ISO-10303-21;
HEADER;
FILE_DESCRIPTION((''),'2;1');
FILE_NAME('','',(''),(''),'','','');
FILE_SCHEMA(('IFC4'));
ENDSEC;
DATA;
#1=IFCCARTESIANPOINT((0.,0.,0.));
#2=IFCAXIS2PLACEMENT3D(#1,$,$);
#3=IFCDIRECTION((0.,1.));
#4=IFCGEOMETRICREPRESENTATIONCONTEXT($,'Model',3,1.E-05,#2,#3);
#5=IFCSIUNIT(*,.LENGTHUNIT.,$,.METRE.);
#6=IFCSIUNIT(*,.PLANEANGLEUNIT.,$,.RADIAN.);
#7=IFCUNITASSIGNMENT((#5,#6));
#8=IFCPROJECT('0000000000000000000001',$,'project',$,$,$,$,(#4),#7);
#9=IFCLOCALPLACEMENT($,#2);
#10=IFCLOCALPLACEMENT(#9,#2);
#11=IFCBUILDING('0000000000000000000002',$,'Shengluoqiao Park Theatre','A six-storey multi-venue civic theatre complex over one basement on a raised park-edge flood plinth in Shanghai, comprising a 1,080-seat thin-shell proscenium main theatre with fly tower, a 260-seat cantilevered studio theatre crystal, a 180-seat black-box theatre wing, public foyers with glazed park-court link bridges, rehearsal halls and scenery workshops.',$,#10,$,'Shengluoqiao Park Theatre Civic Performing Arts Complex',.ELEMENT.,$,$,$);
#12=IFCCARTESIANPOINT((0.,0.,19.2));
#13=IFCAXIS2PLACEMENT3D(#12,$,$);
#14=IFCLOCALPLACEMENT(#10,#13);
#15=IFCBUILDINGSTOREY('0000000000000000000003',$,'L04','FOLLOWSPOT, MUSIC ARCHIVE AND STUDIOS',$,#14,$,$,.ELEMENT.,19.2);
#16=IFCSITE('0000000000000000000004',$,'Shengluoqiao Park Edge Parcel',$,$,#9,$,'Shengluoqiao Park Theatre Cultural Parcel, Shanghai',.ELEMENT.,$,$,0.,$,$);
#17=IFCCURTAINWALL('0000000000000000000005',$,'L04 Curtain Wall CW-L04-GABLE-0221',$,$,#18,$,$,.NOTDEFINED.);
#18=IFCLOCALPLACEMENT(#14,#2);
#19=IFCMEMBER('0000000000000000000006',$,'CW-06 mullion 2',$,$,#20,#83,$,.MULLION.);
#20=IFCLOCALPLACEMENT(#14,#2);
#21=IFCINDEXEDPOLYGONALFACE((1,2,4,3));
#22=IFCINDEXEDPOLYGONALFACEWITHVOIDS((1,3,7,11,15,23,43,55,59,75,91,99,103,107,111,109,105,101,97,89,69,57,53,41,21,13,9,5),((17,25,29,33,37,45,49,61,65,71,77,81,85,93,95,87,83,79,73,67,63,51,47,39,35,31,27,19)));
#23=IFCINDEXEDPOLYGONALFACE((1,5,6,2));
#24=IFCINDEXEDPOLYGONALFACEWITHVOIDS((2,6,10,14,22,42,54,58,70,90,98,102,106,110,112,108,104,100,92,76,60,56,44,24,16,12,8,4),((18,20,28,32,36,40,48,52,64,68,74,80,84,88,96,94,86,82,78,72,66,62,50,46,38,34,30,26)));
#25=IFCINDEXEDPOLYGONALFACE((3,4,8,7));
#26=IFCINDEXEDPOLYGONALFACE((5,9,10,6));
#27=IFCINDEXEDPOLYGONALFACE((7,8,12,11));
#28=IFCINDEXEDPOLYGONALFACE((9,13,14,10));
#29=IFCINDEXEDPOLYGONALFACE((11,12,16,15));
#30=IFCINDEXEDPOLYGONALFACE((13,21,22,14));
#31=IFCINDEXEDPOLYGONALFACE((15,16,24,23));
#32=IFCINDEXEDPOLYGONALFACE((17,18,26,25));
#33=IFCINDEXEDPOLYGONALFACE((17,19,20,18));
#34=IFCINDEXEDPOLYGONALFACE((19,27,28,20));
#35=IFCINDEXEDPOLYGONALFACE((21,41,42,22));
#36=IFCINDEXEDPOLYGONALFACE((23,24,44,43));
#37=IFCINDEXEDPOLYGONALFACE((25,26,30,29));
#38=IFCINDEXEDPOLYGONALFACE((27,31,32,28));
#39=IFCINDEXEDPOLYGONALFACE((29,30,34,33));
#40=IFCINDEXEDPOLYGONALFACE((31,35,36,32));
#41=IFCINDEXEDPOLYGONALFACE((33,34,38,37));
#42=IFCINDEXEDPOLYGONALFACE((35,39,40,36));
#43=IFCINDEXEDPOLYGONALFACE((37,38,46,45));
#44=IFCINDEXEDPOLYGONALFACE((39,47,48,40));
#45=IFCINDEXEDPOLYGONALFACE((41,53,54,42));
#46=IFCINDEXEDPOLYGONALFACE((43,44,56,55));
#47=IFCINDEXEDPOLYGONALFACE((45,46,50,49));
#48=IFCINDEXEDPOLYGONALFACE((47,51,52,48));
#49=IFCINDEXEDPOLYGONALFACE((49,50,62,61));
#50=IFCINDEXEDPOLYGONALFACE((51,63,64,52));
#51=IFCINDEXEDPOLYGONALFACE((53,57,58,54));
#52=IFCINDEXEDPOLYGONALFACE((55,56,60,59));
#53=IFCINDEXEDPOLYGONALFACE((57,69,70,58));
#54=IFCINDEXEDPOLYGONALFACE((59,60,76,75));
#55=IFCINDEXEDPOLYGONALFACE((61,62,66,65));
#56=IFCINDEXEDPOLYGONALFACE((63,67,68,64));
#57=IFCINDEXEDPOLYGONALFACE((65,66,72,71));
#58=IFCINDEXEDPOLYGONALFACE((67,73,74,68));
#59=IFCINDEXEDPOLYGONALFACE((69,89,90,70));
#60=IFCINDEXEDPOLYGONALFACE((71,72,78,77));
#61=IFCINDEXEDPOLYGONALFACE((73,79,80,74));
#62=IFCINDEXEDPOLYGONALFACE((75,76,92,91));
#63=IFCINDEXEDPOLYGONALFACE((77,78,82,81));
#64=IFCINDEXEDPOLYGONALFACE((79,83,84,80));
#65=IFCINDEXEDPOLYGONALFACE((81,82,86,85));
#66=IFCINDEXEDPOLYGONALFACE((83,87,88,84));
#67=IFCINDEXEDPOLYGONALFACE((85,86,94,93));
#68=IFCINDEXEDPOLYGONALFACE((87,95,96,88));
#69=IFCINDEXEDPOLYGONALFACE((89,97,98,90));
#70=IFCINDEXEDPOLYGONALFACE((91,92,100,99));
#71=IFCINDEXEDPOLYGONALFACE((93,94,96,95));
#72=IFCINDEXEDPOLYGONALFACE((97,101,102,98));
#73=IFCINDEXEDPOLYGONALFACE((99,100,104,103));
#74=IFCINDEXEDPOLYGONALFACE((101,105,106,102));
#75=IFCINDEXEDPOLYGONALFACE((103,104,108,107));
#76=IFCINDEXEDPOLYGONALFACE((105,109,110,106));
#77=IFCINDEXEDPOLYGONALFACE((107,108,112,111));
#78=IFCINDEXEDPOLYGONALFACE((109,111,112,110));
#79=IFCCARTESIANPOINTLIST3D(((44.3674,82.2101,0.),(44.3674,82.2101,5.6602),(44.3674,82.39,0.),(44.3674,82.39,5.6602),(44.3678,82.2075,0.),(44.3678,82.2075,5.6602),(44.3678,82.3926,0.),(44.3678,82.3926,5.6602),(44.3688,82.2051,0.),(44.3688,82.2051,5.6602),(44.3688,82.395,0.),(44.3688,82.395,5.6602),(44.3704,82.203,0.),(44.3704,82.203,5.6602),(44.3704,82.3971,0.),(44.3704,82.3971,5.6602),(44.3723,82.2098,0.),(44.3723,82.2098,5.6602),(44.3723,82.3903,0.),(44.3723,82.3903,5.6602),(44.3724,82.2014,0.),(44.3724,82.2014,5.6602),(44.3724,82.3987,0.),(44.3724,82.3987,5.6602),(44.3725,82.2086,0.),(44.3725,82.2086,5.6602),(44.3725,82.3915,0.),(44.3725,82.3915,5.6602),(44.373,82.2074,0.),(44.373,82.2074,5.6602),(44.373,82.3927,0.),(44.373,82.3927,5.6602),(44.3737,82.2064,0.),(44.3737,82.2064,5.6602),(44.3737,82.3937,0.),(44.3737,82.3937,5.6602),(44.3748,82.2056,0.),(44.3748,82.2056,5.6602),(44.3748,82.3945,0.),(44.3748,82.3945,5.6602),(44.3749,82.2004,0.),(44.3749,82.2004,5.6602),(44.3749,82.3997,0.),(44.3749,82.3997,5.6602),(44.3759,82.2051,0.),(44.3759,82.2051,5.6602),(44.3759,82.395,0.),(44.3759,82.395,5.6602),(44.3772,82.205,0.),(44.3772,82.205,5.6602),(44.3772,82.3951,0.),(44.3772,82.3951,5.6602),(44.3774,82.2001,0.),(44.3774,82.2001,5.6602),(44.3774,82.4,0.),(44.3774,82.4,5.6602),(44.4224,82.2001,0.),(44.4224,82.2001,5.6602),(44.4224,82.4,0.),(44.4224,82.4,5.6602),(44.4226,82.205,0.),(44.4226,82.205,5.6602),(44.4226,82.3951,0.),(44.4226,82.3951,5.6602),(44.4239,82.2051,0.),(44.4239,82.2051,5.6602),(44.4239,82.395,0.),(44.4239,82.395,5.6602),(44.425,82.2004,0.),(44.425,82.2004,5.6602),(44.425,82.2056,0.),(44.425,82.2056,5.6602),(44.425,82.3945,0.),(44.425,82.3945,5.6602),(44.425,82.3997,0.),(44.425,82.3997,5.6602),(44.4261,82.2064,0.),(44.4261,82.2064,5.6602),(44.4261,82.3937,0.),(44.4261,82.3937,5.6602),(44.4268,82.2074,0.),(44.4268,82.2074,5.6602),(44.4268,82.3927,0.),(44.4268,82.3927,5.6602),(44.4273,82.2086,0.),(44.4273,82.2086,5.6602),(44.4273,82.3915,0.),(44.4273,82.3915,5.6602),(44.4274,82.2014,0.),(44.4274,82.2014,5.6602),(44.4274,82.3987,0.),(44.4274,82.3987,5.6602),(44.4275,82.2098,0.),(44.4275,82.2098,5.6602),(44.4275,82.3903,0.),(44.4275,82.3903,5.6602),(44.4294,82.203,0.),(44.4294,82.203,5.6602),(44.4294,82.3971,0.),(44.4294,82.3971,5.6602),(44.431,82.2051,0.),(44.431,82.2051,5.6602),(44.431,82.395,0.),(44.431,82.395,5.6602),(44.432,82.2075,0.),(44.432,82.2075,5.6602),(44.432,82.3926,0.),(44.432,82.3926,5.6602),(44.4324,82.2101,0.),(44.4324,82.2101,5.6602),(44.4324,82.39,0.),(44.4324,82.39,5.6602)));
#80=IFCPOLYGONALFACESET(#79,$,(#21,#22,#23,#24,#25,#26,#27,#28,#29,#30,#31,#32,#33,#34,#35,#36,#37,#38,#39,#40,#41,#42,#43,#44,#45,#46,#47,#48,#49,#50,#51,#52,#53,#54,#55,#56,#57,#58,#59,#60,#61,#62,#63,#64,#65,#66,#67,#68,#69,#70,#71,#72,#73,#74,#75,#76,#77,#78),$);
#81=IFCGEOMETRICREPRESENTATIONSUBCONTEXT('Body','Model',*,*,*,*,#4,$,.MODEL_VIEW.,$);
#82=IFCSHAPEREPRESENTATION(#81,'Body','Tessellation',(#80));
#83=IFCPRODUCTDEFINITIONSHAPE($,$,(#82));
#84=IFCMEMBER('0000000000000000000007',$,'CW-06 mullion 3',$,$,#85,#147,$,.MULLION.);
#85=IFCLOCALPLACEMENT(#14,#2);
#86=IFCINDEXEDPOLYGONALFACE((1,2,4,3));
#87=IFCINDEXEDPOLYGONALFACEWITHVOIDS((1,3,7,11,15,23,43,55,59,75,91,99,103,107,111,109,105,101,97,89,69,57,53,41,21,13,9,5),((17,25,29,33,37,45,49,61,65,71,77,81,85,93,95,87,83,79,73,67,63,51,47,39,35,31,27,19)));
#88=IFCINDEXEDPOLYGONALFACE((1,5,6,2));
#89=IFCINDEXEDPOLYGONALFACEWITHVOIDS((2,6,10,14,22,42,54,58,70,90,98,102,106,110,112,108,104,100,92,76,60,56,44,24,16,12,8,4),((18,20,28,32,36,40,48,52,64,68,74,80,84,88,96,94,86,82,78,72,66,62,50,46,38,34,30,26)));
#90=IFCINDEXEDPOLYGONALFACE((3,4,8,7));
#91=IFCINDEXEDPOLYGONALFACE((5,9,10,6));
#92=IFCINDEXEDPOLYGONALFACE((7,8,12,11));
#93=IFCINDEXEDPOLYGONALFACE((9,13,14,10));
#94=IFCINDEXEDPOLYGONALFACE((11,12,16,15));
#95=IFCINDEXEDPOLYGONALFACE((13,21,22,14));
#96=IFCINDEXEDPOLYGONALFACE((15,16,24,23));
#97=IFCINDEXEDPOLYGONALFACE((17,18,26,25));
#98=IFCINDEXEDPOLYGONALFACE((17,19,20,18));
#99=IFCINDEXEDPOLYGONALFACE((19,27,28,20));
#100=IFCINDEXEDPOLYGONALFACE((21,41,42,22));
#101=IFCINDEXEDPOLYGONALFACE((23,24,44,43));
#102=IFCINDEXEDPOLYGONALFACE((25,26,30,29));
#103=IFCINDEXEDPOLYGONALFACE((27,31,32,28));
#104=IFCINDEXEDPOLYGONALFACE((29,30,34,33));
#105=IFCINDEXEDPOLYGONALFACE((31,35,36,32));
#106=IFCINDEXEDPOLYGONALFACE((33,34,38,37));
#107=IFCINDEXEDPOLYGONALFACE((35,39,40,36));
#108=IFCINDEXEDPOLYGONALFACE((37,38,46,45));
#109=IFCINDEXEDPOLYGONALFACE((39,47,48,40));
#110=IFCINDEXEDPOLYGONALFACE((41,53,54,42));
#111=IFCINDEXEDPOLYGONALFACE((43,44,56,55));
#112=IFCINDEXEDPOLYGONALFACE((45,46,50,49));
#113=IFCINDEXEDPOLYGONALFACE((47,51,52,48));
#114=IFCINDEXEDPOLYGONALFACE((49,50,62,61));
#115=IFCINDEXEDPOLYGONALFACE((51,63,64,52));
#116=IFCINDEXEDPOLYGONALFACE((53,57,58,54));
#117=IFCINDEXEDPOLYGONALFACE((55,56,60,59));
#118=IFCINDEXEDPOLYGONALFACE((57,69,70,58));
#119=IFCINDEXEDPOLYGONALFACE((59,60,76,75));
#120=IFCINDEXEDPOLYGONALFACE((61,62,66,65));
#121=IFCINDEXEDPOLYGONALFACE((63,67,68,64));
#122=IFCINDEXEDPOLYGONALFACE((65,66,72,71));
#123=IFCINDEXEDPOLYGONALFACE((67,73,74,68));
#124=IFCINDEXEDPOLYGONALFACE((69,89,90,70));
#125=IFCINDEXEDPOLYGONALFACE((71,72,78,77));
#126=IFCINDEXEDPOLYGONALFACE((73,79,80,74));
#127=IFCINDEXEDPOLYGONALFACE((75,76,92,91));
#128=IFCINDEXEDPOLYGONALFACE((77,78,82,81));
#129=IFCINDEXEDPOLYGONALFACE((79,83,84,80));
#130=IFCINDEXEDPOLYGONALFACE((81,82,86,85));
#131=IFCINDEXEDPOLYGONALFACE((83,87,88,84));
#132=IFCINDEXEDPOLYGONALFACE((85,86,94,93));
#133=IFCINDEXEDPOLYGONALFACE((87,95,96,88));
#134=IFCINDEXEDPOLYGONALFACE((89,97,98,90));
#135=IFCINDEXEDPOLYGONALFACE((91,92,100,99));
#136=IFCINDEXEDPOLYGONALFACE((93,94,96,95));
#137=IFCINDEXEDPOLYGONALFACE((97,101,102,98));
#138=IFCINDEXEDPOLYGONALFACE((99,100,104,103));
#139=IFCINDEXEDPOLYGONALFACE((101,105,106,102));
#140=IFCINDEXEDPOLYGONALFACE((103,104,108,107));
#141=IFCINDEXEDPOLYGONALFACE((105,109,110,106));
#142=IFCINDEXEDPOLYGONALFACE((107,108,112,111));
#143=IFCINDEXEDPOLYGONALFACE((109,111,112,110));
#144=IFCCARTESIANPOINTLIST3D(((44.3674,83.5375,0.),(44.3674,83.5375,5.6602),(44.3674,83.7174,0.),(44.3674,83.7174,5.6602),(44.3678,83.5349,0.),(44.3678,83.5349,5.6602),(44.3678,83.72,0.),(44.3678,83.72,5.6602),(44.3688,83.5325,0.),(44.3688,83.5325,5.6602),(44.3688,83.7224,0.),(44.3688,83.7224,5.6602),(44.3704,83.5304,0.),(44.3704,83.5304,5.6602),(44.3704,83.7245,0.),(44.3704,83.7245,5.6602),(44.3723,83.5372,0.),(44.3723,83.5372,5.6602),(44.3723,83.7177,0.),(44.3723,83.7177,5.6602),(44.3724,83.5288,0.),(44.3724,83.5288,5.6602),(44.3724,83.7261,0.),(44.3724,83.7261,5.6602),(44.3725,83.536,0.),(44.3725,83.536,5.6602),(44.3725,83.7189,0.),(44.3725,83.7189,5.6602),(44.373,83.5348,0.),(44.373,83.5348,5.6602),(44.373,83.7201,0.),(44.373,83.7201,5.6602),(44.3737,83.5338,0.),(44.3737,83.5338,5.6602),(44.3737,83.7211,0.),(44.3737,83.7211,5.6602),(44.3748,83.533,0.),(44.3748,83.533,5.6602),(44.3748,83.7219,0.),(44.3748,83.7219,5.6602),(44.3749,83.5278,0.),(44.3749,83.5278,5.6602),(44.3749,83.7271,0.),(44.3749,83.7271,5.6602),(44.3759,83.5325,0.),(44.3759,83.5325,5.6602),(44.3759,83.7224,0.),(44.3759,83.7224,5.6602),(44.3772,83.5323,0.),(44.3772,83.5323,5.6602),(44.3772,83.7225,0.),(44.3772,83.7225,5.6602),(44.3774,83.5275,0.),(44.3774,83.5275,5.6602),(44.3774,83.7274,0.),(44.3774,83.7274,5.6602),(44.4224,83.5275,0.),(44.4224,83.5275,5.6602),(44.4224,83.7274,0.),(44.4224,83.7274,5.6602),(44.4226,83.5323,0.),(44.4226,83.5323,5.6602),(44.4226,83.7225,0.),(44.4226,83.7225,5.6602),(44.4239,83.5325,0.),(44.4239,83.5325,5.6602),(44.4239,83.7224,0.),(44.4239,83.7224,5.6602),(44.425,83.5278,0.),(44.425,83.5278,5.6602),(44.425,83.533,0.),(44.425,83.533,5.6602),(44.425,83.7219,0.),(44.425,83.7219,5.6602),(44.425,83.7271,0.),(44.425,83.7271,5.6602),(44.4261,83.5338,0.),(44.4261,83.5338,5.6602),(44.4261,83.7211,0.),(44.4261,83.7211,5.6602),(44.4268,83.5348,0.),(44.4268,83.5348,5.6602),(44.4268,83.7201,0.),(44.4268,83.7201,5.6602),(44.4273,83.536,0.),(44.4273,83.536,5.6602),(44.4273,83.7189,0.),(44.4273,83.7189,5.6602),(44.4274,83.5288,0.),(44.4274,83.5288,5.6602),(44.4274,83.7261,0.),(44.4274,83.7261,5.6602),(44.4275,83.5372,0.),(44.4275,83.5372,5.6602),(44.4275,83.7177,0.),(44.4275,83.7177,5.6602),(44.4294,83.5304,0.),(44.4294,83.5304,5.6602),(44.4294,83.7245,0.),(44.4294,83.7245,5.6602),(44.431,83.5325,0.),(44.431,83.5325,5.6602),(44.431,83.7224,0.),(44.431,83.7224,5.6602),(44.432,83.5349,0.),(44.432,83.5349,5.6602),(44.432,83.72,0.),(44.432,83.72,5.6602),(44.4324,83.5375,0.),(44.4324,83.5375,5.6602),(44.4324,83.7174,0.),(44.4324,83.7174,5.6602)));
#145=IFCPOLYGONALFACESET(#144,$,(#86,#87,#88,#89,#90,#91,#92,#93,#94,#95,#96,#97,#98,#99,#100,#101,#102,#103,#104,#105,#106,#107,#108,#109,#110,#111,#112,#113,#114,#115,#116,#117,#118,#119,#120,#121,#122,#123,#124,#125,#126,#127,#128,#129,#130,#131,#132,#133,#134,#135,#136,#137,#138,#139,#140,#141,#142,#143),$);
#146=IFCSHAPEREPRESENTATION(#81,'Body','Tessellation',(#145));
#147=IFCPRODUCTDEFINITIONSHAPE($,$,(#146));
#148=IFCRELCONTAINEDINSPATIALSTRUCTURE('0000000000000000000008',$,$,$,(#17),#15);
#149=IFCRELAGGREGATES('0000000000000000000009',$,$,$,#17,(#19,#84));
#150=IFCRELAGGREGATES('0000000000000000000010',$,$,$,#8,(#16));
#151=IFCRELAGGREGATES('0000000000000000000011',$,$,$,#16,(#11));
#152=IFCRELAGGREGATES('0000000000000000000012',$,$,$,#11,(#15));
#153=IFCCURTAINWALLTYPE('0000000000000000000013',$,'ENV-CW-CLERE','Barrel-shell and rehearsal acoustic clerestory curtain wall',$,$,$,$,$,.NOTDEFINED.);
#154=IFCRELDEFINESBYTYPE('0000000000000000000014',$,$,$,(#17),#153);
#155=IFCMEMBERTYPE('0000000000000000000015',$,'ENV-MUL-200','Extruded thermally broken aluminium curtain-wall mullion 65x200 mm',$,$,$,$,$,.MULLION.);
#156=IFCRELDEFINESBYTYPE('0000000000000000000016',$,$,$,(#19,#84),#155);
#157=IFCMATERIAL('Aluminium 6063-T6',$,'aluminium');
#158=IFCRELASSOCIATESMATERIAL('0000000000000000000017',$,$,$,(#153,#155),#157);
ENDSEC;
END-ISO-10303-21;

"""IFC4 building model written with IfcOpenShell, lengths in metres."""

from ifc_helpers import new_model, si_unit, direction, frame, origin, origin_2d, place, context, subcontext, project, spatial, hollow_rectangle, extrude, material, material_profile, profile_set, type_object, element, aggregate, save


model = new_model("IFC4")

# Units and contexts
model_context = context("Model", 3, precision=1e-05, world=origin(), true_north=direction((0.0, 1.0)))
body_context = subcontext(model_context, "Body", "Model", "MODEL_VIEW")
ifc_project = project(units=[si_unit("LENGTHUNIT", "METRE"), si_unit("PLANEANGLEUNIT", "RADIAN")], contexts=[model_context])

# Site, building, storey
site_placement = place(None, origin())
site = spatial("IfcSite", under=ifc_project, at=site_placement, Name="Shengluoqiao Park Edge Parcel", LongName="Shengluoqiao Park Theatre Cultural Parcel, Shanghai", CompositionType="ELEMENT", RefElevation=0.0)
building_placement = place(site_placement, origin())
building = spatial("IfcBuilding", under=site, at=building_placement, Name="Shengluoqiao Park Theatre", Description="A six-storey multi-venue civic theatre complex over one basement on a raised park-edge flood plinth in Shanghai, comprising a 1,080-seat thin-shell proscenium main theatre with fly tower, a 260-seat cantilevered studio theatre crystal, a 180-seat black-box theatre wing, public foyers with glazed park-court link bridges, rehearsal halls and scenery workshops.", LongName="Shengluoqiao Park Theatre Civic Performing Arts Complex", CompositionType="ELEMENT")
storey_placement = place(building_placement, frame((0.0, 0.0, 19.2)))
storey = spatial("IfcBuildingStorey", under=building, at=storey_placement, Name="L04", Description="FOLLOWSPOT, MUSIC ARCHIVE AND STUDIOS", CompositionType="ELEMENT", Elevation=19.2)

# Shared definitions
ifc_material_1 = material(Name="Aluminium 6063-T6", Category="aluminium")
curtain_wall_type = type_object("IfcCurtainWallType", Name="ENV-CW-CLERE", Description="Barrel-shell and rehearsal acoustic clerestory curtain wall", PredefinedType="NOTDEFINED", material=ifc_material_1)
ifc_material_profile_1 = material_profile(ifc_material_1, hollow_rectangle(XDim=0.0649, YDim=0.2, WallThickness=0.0049, InnerFilletRadius=0.0049, OuterFilletRadius=0.01, at=origin_2d()), Name="ALU MULLION 200x65x5")
ifc_profile_set_1 = profile_set([ifc_material_profile_1], Name="Aluminium 6063-T6")
member_type_1 = type_object("IfcMemberType", Name="ENV-MUL-200", Description="Extruded thermally broken aluminium curtain-wall mullion 65x200 mm", PredefinedType="MULLION", material=ifc_profile_set_1)

# Curtain wall, members
curtain_wall_1_placement = place(storey_placement, origin())
curtain_wall_1 = element("IfcCurtainWall", 1, at=curtain_wall_1_placement, inside=storey, type_object=curtain_wall_type, Name="L04 Curtain Wall CW-L04-GABLE-0221", PredefinedType="NOTDEFINED")
member_1_placement = place(storey_placement, frame((44.3999, 82.3, 0.0), z_axis=(0.0, 0.0, 1.0), x_axis=(-1.0, 0.0, 0.0)))
member_1 = element("IfcMember", 2, at=member_1_placement, type_object=member_type_1, Name="CW-06 mullion 2", PredefinedType="MULLION", context=body_context, shape_type="SweptSolid", body=[
    extrude(hollow_rectangle(XDim=0.0649, YDim=0.2, WallThickness=0.0049, InnerFilletRadius=0.0049, OuterFilletRadius=0.01, at=origin_2d()), origin(), (0.0, 0.0, 1.0), 5.6602),
])
member_2_placement = place(storey_placement, frame((44.3999, 83.6274, 0.0), z_axis=(0.0, 0.0, 1.0), x_axis=(-1.0, 0.0, 0.0)))
member_2 = element("IfcMember", 3, at=member_2_placement, type_object=member_type_1, Name="CW-06 mullion 3", PredefinedType="MULLION", context=body_context, shape_type="SweptSolid", body=[
    extrude(hollow_rectangle(XDim=0.0649, YDim=0.2, WallThickness=0.0049, InnerFilletRadius=0.0049, OuterFilletRadius=0.01, at=origin_2d()), origin(), (0.0, 0.0, 1.0), 5.6602),
])

aggregate(curtain_wall_1, [member_1, member_2])

save(model, "model.ifc")
